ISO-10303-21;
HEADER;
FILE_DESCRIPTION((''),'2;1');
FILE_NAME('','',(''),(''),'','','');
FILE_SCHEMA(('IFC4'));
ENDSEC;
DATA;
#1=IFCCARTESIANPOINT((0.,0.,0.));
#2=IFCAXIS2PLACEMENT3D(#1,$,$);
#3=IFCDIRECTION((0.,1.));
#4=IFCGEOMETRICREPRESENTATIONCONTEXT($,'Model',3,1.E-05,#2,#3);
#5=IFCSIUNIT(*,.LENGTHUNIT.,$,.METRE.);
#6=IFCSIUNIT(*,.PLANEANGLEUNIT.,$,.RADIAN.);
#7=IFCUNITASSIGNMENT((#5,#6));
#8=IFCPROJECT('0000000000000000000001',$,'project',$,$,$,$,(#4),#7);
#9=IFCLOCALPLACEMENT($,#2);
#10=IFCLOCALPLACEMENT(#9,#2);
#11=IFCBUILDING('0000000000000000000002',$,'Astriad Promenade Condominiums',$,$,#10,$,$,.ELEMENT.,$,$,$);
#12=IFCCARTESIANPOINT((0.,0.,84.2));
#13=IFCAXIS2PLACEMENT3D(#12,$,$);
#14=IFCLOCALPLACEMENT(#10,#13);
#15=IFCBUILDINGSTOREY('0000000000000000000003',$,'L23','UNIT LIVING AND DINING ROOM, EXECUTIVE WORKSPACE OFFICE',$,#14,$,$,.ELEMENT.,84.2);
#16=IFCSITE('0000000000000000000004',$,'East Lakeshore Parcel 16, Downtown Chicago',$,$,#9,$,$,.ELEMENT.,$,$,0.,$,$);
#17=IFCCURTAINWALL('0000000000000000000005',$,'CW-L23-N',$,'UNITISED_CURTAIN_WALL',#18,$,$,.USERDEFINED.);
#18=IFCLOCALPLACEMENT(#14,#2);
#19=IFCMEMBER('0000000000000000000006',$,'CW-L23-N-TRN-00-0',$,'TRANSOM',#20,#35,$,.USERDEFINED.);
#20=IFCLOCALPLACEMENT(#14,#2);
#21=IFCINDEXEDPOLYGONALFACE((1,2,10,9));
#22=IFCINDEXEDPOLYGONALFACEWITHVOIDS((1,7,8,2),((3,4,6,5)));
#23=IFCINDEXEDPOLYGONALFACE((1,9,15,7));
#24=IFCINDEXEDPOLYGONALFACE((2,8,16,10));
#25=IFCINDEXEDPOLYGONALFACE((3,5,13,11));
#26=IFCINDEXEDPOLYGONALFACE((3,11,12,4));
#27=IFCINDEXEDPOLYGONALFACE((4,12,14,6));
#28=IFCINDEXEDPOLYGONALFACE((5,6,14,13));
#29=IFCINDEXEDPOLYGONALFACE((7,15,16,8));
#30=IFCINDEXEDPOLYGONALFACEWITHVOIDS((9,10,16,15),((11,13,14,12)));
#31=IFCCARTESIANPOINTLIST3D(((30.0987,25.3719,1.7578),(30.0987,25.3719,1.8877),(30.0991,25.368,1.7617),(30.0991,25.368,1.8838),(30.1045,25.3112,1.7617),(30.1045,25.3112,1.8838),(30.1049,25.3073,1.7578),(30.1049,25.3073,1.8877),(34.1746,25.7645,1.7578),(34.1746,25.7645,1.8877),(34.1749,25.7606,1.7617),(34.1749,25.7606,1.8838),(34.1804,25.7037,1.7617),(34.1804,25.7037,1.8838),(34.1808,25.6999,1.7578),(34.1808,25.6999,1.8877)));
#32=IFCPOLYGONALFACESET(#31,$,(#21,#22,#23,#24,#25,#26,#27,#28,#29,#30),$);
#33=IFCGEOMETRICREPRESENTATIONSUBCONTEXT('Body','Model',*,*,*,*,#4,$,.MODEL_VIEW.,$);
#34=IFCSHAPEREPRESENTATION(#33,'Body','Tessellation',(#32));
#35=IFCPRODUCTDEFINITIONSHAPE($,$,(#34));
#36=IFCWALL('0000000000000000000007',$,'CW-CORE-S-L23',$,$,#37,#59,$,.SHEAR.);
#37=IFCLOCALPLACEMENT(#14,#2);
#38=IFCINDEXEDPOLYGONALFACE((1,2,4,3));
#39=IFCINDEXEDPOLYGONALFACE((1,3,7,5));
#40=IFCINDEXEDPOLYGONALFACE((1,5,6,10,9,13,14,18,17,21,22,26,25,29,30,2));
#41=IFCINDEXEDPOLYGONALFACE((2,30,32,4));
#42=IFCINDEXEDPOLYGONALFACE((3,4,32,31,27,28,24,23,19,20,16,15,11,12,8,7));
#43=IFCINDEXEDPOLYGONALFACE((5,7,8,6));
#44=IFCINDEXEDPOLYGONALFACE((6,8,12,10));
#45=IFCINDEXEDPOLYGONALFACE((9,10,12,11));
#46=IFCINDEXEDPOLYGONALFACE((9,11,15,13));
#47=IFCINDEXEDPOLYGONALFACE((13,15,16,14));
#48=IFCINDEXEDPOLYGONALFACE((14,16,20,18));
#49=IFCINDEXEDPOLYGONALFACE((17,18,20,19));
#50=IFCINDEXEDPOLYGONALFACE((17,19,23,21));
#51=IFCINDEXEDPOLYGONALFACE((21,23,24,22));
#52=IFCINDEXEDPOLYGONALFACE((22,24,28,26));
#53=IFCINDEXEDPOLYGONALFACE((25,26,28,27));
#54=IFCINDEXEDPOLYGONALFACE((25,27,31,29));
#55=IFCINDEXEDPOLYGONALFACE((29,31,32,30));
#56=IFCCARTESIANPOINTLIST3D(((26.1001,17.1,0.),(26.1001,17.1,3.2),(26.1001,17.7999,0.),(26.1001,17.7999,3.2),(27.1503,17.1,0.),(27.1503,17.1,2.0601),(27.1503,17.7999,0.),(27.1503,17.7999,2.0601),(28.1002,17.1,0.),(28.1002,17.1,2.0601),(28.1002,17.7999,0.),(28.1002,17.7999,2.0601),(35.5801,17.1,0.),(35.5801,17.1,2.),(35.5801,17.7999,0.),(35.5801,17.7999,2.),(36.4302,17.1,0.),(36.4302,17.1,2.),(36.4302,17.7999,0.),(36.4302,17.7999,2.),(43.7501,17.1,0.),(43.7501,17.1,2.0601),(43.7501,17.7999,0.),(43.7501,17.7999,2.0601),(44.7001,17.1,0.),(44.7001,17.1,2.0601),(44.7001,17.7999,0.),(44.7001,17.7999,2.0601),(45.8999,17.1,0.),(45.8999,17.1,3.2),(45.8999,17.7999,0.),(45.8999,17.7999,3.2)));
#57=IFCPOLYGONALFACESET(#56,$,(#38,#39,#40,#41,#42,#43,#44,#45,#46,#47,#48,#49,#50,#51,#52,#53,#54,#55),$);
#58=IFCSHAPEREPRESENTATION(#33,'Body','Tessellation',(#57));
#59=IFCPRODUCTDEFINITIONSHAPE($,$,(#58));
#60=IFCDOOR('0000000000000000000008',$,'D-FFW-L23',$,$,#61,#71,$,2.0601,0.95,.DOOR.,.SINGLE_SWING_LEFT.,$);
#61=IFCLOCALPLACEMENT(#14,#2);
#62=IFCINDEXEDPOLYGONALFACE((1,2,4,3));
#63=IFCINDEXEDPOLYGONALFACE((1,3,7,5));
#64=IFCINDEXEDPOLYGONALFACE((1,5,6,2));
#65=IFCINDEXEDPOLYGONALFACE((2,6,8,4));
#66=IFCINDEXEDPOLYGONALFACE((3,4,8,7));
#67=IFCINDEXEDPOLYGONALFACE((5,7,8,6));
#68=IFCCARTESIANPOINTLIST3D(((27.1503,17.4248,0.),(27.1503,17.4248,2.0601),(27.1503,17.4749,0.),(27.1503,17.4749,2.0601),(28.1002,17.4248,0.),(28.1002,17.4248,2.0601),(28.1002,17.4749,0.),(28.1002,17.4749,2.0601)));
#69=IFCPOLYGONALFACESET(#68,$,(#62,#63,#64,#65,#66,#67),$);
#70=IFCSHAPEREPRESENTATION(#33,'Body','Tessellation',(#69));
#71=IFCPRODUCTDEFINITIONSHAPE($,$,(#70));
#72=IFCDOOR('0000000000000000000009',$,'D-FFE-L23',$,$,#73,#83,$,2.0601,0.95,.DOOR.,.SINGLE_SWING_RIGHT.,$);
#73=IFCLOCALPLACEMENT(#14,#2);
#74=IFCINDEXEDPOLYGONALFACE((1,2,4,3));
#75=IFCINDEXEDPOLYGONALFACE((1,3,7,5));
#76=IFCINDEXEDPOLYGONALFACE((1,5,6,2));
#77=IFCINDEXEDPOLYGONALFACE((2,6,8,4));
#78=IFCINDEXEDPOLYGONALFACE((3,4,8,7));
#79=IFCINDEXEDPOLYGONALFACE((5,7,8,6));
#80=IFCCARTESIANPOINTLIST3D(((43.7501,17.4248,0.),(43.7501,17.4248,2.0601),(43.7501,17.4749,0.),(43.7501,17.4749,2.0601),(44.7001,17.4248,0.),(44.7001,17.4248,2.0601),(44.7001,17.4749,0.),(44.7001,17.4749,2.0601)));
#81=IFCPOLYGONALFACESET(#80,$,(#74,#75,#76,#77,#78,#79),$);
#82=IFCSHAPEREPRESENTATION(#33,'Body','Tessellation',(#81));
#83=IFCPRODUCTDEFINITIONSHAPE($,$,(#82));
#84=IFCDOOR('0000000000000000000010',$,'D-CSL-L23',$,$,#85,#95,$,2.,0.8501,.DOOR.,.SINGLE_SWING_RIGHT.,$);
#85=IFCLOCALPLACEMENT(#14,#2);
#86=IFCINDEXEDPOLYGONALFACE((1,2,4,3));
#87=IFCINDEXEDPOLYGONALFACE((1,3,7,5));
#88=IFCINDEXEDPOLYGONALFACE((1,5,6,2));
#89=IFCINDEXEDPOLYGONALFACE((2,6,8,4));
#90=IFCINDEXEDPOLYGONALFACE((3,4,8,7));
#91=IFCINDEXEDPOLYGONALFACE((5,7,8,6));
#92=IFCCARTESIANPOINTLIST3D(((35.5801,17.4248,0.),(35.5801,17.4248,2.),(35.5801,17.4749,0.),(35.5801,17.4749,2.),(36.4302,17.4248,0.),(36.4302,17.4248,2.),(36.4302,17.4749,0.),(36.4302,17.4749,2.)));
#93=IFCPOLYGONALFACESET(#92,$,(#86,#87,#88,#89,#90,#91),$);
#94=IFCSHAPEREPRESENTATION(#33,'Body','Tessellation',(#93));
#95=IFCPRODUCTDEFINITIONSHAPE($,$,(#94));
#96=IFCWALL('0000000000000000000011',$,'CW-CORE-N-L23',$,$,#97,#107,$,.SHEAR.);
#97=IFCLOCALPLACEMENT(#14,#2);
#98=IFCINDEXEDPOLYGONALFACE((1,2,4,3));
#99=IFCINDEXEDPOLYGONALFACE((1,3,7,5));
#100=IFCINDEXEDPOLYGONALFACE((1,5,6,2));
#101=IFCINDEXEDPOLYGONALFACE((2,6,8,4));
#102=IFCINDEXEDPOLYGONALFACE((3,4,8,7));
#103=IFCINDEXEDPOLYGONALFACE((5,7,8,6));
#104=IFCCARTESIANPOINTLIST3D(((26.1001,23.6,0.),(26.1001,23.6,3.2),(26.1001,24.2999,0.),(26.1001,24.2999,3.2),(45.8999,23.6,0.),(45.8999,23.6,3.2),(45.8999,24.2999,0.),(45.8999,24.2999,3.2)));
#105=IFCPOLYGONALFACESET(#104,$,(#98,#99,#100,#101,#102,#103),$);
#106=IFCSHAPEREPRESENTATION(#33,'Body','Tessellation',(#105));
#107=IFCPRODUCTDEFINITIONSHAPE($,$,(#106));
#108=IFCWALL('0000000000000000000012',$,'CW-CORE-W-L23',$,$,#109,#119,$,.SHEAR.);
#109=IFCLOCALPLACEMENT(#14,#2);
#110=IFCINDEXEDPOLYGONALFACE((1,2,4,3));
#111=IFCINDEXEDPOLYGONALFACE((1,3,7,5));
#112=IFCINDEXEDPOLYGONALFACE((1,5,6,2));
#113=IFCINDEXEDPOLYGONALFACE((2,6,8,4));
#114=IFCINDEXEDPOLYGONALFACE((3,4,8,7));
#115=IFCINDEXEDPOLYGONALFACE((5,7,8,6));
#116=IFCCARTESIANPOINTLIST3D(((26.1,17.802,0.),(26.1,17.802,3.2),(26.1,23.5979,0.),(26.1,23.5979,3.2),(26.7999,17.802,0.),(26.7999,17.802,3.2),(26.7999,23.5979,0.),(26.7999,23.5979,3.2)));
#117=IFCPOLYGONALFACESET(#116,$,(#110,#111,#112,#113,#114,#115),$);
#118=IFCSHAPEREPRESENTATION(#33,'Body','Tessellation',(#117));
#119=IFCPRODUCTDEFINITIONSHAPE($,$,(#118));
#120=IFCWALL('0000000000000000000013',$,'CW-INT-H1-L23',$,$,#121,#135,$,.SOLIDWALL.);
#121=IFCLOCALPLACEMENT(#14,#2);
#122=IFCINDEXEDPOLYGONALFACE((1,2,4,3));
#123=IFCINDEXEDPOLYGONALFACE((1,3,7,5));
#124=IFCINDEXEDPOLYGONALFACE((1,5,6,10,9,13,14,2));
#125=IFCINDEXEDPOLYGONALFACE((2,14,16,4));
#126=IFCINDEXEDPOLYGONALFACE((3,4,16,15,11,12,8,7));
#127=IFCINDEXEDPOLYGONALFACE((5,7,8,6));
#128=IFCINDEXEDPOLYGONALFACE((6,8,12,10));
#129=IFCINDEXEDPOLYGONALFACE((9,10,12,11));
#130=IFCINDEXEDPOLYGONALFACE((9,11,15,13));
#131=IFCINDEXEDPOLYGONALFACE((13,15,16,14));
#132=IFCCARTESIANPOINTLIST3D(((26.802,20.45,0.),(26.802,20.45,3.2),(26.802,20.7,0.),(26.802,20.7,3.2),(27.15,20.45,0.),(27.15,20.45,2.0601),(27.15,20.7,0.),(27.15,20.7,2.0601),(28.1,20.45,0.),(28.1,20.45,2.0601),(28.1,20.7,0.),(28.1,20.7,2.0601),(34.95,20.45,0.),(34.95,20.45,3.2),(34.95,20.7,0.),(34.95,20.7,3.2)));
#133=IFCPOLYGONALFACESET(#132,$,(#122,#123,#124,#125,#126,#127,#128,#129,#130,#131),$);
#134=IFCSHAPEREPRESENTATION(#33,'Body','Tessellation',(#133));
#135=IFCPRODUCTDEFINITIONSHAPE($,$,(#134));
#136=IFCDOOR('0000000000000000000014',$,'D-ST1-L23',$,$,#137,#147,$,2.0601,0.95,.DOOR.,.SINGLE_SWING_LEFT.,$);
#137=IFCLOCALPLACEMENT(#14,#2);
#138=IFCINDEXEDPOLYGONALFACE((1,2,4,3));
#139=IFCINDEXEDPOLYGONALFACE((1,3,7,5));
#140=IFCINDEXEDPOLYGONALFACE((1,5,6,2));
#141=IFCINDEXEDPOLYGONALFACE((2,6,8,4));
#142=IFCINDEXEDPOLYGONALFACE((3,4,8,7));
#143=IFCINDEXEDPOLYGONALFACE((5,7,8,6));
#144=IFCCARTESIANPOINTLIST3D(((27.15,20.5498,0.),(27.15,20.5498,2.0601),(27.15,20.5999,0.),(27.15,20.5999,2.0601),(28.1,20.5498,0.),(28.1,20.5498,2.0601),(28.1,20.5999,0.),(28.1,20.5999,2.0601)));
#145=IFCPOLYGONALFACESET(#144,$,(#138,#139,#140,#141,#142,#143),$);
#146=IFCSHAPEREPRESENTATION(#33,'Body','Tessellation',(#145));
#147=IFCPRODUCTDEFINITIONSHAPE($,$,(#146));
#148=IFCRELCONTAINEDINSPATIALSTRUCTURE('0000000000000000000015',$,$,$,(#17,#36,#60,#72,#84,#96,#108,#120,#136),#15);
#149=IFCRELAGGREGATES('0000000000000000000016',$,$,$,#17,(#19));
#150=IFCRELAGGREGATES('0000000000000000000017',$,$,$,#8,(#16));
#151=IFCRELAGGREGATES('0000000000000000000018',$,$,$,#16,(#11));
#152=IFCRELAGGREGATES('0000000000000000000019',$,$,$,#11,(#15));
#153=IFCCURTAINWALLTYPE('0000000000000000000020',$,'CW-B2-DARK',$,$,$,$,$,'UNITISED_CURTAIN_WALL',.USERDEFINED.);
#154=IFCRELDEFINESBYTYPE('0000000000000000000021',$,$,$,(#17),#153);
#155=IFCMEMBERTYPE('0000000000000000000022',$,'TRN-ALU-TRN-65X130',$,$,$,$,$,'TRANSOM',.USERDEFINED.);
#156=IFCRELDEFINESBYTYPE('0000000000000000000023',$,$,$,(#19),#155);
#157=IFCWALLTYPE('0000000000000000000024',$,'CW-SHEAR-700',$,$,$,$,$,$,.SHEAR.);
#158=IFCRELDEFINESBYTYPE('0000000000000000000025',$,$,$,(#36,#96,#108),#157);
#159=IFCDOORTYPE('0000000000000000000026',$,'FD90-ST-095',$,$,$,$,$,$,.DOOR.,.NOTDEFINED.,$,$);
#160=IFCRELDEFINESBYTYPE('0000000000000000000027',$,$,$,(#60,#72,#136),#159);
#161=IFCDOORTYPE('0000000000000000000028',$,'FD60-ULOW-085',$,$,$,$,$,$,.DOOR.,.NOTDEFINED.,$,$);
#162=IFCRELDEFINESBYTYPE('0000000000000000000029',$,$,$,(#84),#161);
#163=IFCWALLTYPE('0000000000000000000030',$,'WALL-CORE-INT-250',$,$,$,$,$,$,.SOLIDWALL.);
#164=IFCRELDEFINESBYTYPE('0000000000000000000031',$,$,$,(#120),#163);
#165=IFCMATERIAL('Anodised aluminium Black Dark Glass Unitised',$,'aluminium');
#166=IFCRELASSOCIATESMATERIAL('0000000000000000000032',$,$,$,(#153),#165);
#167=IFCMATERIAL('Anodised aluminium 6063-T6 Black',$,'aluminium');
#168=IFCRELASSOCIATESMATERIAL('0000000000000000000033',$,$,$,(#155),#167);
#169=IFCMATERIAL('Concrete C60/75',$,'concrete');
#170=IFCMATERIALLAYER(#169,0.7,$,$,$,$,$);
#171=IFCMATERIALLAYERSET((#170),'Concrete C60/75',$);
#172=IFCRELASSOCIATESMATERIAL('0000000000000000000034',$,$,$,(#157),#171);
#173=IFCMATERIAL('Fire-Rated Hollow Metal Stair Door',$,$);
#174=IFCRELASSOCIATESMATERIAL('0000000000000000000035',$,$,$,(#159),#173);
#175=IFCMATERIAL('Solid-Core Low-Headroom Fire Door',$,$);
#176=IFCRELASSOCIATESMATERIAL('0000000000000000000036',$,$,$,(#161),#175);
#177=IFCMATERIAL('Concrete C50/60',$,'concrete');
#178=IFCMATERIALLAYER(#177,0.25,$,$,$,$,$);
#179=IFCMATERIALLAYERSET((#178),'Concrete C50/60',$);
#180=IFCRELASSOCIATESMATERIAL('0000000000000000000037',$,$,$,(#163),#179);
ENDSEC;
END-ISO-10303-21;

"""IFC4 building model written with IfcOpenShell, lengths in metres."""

from ifc_helpers import new_model, si_unit, direction, frame, frame_2d, origin, origin_2d, place, context, subcontext, project, spatial, rectangle, hollow_rectangle, extrude, source, transform, mapped, material, layer, layer_set, material_profile, profile_set, type_object, type_shapes, element, fill, aggregate, save


model = new_model("IFC4")

# Units and contexts
model_context = context("Model", 3, precision=1e-05, world=origin(), true_north=direction((0.0, 1.0)))
body_context = subcontext(model_context, "Body", "Model", "MODEL_VIEW")
ifc_project = project(units=[si_unit("LENGTHUNIT", "METRE"), si_unit("PLANEANGLEUNIT", "RADIAN")], contexts=[model_context])

# Site, building, storey
site_placement = place(None, origin())
site = spatial("IfcSite", under=ifc_project, at=site_placement, Name="East Lakeshore Parcel 16, Downtown Chicago", CompositionType="ELEMENT", RefElevation=0.0)
building_placement = place(site_placement, origin())
building = spatial("IfcBuilding", under=site, at=building_placement, Name="Astriad Promenade Condominiums", CompositionType="ELEMENT")
storey_placement = place(building_placement, frame((0.0, 0.0, 84.2)))
storey = spatial("IfcBuildingStorey", under=building, at=storey_placement, Name="L23", Description="UNIT LIVING AND DINING ROOM, EXECUTIVE WORKSPACE OFFICE", CompositionType="ELEMENT", Elevation=84.2)

# Shared definitions
ifc_material_1 = material(Name="Concrete C60/75", Category="concrete")

# Curtain wall, member
ifc_material_2 = material(Name="Anodised aluminium Black Dark Glass Unitised", Category="aluminium")
curtain_wall_type = type_object("IfcCurtainWallType", Name="CW-B2-DARK", ElementType="UNITISED_CURTAIN_WALL", PredefinedType="USERDEFINED", material=ifc_material_2)
curtain_wall_placement = place(storey_placement, origin())
curtain_wall = element("IfcCurtainWall", 1, at=curtain_wall_placement, inside=storey, type_object=curtain_wall_type, Name="CW-L23-N", ObjectType="UNITISED_CURTAIN_WALL", PredefinedType="USERDEFINED")
ifc_material_3 = material(Name="Anodised aluminium 6063-T6 Black", Category="aluminium")
ifc_material_profile_1 = material_profile(ifc_material_3, hollow_rectangle(XDim=0.0649, YDim=0.1299, WallThickness=0.0039, at=origin_2d()), Name="ALU-TRN-65X130")
ifc_profile_set_1 = profile_set([ifc_material_profile_1], Name="Anodised aluminium 6063-T6 Black")
member_type_1 = type_object("IfcMemberType", Name="TRN-ALU-TRN-65X130", ElementType="TRANSOM", PredefinedType="USERDEFINED", material=ifc_profile_set_1)
shared_shape_1 = source(origin(), body_context, "Body", "SweptSolid", [
    extrude(hollow_rectangle(XDim=0.0649, YDim=0.1299, WallThickness=0.0039, at=origin_2d()), origin(), (0.0, 0.0, 1.0), 4.0947),
])
type_shapes(member_type_1, [shared_shape_1])
member_1_placement = place(storey_placement, frame((30.1018, 25.3396, 1.8228), z_axis=(0.995394, 0.095873, 0.0), x_axis=(-0.095873, 0.995394, 0.0)))
member_1 = element("IfcMember", 2, at=member_1_placement, type_object=member_type_1, Name="CW-L23-N-TRN-00-0", ObjectType="TRANSOM", PredefinedType="USERDEFINED", context=body_context, shape_type="MappedRepresentation", body=[
    mapped(shared_shape_1, transform((0.0, 0.0, 0.0), scale=1.0)),
])
aggregate(curtain_wall, [member_1])

# Wall, openings, doors
ifc_layer_1 = layer(ifc_material_1, 0.7)
ifc_layer_set_1 = layer_set([ifc_layer_1], Name="Concrete C60/75")
wall_type_1 = type_object("IfcWallType", Name="CW-SHEAR-700", PredefinedType="SHEAR", material=ifc_layer_set_1)
wall_1_placement = place(storey_placement, frame((26.1001, 17.45, 0.0), z_axis=(0.0, 0.0, 1.0), x_axis=(1.0, 0.0, 0.0)))
wall_1 = element("IfcWall", 3, at=wall_1_placement, inside=storey, type_object=wall_type_1, Name="CW-CORE-S-L23", PredefinedType="SHEAR", context=body_context, shape_type="SweptSolid", body=[
    extrude(rectangle(XDim=19.7998, YDim=0.7, at=frame_2d((9.8999, 0.0))), origin(), (0.0, 0.0, 1.0), 3.2),
])
opening_1_placement = place(wall_1_placement, frame((1.05, 0.0, 0.0)))
opening_1 = element("IfcOpeningElement", 4, at=opening_1_placement, cuts=wall_1, PredefinedType="OPENING", context=body_context, shape_type="SweptSolid", body=[
    extrude(rectangle(XDim=0.95, YDim=2.0601, at=frame_2d((0.4751, 1.03))), frame((0.0, 0.3599, 0.0), z_axis=(0.0, -1.0, 0.0), x_axis=(1.0, 0.0, 0.0)), (0.0, 0.0, 1.0), 0.72),
])
opening_2_placement = place(wall_1_placement, frame((9.48, 0.0, 0.0)))
opening_2 = element("IfcOpeningElement", 5, at=opening_2_placement, cuts=wall_1, PredefinedType="OPENING", context=body_context, shape_type="SweptSolid", body=[
    extrude(rectangle(XDim=0.8501, YDim=2.0, at=frame_2d((0.425, 1.0))), frame((0.0, 0.3599, 0.0), z_axis=(0.0, -1.0, 0.0), x_axis=(1.0, 0.0, 0.0)), (0.0, 0.0, 1.0), 0.72),
])
opening_3_placement = place(wall_1_placement, frame((17.6499, 0.0, 0.0)))
opening_3 = element("IfcOpeningElement", 6, at=opening_3_placement, cuts=wall_1, PredefinedType="OPENING", context=body_context, shape_type="SweptSolid", body=[
    extrude(rectangle(XDim=0.95, YDim=2.0601, at=frame_2d((0.4751, 1.03))), frame((0.0, 0.3599, 0.0), z_axis=(0.0, -1.0, 0.0), x_axis=(1.0, 0.0, 0.0)), (0.0, 0.0, 1.0), 0.72),
])
ifc_material_4 = material(Name="Fire-Rated Hollow Metal Stair Door")
door_type_1 = type_object("IfcDoorType", Name="FD90-ST-095", OperationType="NOTDEFINED", PredefinedType="DOOR", material=ifc_material_4)
shared_shape_2 = source(origin(), body_context, "Body", "SweptSolid", [
    extrude(rectangle(XDim=0.95, YDim=2.0601, at=frame_2d((0.4751, 1.03))), frame((0.0, 0.0249, 0.0), z_axis=(0.0, -1.0, 0.0), x_axis=(1.0, 0.0, 0.0)), (0.0, 0.0, 1.0), 0.05),
])
type_shapes(door_type_1, [shared_shape_2])
door_1_placement = place(opening_1_placement, origin())
door_1 = element("IfcDoor", 7, at=door_1_placement, inside=storey, type_object=door_type_1, Name="D-FFW-L23", OperationType="SINGLE_SWING_LEFT", OverallHeight=2.0601, OverallWidth=0.95, PredefinedType="DOOR", context=body_context, shape_type="MappedRepresentation", body=[
    mapped(shared_shape_2, transform((0.0, 0.0, 0.0), scale=1.0)),
])
fill(opening_1, door_1)
door_2_placement = place(opening_3_placement, origin())
door_2 = element("IfcDoor", 8, at=door_2_placement, inside=storey, type_object=door_type_1, Name="D-FFE-L23", OperationType="SINGLE_SWING_RIGHT", OverallHeight=2.0601, OverallWidth=0.95, PredefinedType="DOOR", context=body_context, shape_type="MappedRepresentation", body=[
    mapped(shared_shape_2, transform((0.0, 0.0, 0.0), scale=1.0)),
])
fill(opening_3, door_2)
ifc_material_5 = material(Name="Solid-Core Low-Headroom Fire Door")
door_type_2 = type_object("IfcDoorType", Name="FD60-ULOW-085", OperationType="NOTDEFINED", PredefinedType="DOOR", material=ifc_material_5)
shared_shape_3 = source(origin(), body_context, "Body", "SweptSolid", [
    extrude(rectangle(XDim=0.8501, YDim=2.0, at=frame_2d((0.425, 1.0))), frame((0.0, 0.0249, 0.0), z_axis=(0.0, -1.0, 0.0), x_axis=(1.0, 0.0, 0.0)), (0.0, 0.0, 1.0), 0.05),
])
type_shapes(door_type_2, [shared_shape_3])
door_3_placement = place(opening_2_placement, origin())
door_3 = element("IfcDoor", 9, at=door_3_placement, inside=storey, type_object=door_type_2, Name="D-CSL-L23", OperationType="SINGLE_SWING_RIGHT", OverallHeight=2.0, OverallWidth=0.8501, PredefinedType="DOOR", context=body_context, shape_type="MappedRepresentation", body=[
    mapped(shared_shape_3, transform((0.0, 0.0, 0.0), scale=1.0)),
])
fill(opening_2, door_3)

# Walls
wall_2_placement = place(storey_placement, frame((26.1001, 23.95, 0.0), z_axis=(0.0, 0.0, 1.0), x_axis=(1.0, 0.0, 0.0)))
element("IfcWall", 10, at=wall_2_placement, inside=storey, type_object=wall_type_1, Name="CW-CORE-N-L23", PredefinedType="SHEAR", context=body_context, shape_type="SweptSolid", body=[
    extrude(rectangle(XDim=19.7998, YDim=0.7, at=frame_2d((9.8999, 0.0))), origin(), (0.0, 0.0, 1.0), 3.2),
])
wall_3_placement = place(storey_placement, frame((26.45, 17.802, 0.0), z_axis=(0.0, 0.0, 1.0), x_axis=(0.0, 1.0, 0.0)))
element("IfcWall", 11, at=wall_3_placement, inside=storey, type_object=wall_type_1, Name="CW-CORE-W-L23", PredefinedType="SHEAR", context=body_context, shape_type="SweptSolid", body=[
    extrude(rectangle(XDim=5.7959, YDim=0.7, at=frame_2d((2.8979, 0.0))), origin(), (0.0, 0.0, 1.0), 3.2),
])

# Wall, opening, door
ifc_material_6 = material(Name="Concrete C50/60", Category="concrete")
ifc_layer_2 = layer(ifc_material_6, 0.25)
ifc_layer_set_2 = layer_set([ifc_layer_2], Name="Concrete C50/60")
wall_type_2 = type_object("IfcWallType", Name="WALL-CORE-INT-250", PredefinedType="SOLIDWALL", material=ifc_layer_set_2)
wall_4_placement = place(storey_placement, frame((26.802, 20.575, 0.0), z_axis=(0.0, 0.0, 1.0), x_axis=(1.0, 0.0, 0.0)))
wall_4 = element("IfcWall", 12, at=wall_4_placement, inside=storey, type_object=wall_type_2, Name="CW-INT-H1-L23", PredefinedType="SOLIDWALL", context=body_context, shape_type="SweptSolid", body=[
    extrude(rectangle(XDim=8.1479, YDim=0.25, at=frame_2d((4.074, 0.0))), origin(), (0.0, 0.0, 1.0), 3.2),
])
opening_4_placement = place(wall_4_placement, frame((0.3479, 0.0, 0.0)))
opening_4 = element("IfcOpeningElement", 13, at=opening_4_placement, cuts=wall_4, PredefinedType="OPENING", context=body_context, shape_type="SweptSolid", body=[
    extrude(rectangle(XDim=0.95, YDim=2.0601, at=frame_2d((0.4751, 1.03))), frame((0.0, 0.135, 0.0), z_axis=(0.0, -1.0, 0.0), x_axis=(1.0, 0.0, 0.0)), (0.0, 0.0, 1.0), 0.27),
])
door_4_placement = place(opening_4_placement, origin())
door_4 = element("IfcDoor", 14, at=door_4_placement, inside=storey, type_object=door_type_1, Name="D-ST1-L23", OperationType="SINGLE_SWING_LEFT", OverallHeight=2.0601, OverallWidth=0.95, PredefinedType="DOOR", context=body_context, shape_type="MappedRepresentation", body=[
    mapped(shared_shape_2, transform((0.0, 0.0, 0.0), scale=1.0)),
])
fill(opening_4, door_4)

save(model, "model.ifc")
